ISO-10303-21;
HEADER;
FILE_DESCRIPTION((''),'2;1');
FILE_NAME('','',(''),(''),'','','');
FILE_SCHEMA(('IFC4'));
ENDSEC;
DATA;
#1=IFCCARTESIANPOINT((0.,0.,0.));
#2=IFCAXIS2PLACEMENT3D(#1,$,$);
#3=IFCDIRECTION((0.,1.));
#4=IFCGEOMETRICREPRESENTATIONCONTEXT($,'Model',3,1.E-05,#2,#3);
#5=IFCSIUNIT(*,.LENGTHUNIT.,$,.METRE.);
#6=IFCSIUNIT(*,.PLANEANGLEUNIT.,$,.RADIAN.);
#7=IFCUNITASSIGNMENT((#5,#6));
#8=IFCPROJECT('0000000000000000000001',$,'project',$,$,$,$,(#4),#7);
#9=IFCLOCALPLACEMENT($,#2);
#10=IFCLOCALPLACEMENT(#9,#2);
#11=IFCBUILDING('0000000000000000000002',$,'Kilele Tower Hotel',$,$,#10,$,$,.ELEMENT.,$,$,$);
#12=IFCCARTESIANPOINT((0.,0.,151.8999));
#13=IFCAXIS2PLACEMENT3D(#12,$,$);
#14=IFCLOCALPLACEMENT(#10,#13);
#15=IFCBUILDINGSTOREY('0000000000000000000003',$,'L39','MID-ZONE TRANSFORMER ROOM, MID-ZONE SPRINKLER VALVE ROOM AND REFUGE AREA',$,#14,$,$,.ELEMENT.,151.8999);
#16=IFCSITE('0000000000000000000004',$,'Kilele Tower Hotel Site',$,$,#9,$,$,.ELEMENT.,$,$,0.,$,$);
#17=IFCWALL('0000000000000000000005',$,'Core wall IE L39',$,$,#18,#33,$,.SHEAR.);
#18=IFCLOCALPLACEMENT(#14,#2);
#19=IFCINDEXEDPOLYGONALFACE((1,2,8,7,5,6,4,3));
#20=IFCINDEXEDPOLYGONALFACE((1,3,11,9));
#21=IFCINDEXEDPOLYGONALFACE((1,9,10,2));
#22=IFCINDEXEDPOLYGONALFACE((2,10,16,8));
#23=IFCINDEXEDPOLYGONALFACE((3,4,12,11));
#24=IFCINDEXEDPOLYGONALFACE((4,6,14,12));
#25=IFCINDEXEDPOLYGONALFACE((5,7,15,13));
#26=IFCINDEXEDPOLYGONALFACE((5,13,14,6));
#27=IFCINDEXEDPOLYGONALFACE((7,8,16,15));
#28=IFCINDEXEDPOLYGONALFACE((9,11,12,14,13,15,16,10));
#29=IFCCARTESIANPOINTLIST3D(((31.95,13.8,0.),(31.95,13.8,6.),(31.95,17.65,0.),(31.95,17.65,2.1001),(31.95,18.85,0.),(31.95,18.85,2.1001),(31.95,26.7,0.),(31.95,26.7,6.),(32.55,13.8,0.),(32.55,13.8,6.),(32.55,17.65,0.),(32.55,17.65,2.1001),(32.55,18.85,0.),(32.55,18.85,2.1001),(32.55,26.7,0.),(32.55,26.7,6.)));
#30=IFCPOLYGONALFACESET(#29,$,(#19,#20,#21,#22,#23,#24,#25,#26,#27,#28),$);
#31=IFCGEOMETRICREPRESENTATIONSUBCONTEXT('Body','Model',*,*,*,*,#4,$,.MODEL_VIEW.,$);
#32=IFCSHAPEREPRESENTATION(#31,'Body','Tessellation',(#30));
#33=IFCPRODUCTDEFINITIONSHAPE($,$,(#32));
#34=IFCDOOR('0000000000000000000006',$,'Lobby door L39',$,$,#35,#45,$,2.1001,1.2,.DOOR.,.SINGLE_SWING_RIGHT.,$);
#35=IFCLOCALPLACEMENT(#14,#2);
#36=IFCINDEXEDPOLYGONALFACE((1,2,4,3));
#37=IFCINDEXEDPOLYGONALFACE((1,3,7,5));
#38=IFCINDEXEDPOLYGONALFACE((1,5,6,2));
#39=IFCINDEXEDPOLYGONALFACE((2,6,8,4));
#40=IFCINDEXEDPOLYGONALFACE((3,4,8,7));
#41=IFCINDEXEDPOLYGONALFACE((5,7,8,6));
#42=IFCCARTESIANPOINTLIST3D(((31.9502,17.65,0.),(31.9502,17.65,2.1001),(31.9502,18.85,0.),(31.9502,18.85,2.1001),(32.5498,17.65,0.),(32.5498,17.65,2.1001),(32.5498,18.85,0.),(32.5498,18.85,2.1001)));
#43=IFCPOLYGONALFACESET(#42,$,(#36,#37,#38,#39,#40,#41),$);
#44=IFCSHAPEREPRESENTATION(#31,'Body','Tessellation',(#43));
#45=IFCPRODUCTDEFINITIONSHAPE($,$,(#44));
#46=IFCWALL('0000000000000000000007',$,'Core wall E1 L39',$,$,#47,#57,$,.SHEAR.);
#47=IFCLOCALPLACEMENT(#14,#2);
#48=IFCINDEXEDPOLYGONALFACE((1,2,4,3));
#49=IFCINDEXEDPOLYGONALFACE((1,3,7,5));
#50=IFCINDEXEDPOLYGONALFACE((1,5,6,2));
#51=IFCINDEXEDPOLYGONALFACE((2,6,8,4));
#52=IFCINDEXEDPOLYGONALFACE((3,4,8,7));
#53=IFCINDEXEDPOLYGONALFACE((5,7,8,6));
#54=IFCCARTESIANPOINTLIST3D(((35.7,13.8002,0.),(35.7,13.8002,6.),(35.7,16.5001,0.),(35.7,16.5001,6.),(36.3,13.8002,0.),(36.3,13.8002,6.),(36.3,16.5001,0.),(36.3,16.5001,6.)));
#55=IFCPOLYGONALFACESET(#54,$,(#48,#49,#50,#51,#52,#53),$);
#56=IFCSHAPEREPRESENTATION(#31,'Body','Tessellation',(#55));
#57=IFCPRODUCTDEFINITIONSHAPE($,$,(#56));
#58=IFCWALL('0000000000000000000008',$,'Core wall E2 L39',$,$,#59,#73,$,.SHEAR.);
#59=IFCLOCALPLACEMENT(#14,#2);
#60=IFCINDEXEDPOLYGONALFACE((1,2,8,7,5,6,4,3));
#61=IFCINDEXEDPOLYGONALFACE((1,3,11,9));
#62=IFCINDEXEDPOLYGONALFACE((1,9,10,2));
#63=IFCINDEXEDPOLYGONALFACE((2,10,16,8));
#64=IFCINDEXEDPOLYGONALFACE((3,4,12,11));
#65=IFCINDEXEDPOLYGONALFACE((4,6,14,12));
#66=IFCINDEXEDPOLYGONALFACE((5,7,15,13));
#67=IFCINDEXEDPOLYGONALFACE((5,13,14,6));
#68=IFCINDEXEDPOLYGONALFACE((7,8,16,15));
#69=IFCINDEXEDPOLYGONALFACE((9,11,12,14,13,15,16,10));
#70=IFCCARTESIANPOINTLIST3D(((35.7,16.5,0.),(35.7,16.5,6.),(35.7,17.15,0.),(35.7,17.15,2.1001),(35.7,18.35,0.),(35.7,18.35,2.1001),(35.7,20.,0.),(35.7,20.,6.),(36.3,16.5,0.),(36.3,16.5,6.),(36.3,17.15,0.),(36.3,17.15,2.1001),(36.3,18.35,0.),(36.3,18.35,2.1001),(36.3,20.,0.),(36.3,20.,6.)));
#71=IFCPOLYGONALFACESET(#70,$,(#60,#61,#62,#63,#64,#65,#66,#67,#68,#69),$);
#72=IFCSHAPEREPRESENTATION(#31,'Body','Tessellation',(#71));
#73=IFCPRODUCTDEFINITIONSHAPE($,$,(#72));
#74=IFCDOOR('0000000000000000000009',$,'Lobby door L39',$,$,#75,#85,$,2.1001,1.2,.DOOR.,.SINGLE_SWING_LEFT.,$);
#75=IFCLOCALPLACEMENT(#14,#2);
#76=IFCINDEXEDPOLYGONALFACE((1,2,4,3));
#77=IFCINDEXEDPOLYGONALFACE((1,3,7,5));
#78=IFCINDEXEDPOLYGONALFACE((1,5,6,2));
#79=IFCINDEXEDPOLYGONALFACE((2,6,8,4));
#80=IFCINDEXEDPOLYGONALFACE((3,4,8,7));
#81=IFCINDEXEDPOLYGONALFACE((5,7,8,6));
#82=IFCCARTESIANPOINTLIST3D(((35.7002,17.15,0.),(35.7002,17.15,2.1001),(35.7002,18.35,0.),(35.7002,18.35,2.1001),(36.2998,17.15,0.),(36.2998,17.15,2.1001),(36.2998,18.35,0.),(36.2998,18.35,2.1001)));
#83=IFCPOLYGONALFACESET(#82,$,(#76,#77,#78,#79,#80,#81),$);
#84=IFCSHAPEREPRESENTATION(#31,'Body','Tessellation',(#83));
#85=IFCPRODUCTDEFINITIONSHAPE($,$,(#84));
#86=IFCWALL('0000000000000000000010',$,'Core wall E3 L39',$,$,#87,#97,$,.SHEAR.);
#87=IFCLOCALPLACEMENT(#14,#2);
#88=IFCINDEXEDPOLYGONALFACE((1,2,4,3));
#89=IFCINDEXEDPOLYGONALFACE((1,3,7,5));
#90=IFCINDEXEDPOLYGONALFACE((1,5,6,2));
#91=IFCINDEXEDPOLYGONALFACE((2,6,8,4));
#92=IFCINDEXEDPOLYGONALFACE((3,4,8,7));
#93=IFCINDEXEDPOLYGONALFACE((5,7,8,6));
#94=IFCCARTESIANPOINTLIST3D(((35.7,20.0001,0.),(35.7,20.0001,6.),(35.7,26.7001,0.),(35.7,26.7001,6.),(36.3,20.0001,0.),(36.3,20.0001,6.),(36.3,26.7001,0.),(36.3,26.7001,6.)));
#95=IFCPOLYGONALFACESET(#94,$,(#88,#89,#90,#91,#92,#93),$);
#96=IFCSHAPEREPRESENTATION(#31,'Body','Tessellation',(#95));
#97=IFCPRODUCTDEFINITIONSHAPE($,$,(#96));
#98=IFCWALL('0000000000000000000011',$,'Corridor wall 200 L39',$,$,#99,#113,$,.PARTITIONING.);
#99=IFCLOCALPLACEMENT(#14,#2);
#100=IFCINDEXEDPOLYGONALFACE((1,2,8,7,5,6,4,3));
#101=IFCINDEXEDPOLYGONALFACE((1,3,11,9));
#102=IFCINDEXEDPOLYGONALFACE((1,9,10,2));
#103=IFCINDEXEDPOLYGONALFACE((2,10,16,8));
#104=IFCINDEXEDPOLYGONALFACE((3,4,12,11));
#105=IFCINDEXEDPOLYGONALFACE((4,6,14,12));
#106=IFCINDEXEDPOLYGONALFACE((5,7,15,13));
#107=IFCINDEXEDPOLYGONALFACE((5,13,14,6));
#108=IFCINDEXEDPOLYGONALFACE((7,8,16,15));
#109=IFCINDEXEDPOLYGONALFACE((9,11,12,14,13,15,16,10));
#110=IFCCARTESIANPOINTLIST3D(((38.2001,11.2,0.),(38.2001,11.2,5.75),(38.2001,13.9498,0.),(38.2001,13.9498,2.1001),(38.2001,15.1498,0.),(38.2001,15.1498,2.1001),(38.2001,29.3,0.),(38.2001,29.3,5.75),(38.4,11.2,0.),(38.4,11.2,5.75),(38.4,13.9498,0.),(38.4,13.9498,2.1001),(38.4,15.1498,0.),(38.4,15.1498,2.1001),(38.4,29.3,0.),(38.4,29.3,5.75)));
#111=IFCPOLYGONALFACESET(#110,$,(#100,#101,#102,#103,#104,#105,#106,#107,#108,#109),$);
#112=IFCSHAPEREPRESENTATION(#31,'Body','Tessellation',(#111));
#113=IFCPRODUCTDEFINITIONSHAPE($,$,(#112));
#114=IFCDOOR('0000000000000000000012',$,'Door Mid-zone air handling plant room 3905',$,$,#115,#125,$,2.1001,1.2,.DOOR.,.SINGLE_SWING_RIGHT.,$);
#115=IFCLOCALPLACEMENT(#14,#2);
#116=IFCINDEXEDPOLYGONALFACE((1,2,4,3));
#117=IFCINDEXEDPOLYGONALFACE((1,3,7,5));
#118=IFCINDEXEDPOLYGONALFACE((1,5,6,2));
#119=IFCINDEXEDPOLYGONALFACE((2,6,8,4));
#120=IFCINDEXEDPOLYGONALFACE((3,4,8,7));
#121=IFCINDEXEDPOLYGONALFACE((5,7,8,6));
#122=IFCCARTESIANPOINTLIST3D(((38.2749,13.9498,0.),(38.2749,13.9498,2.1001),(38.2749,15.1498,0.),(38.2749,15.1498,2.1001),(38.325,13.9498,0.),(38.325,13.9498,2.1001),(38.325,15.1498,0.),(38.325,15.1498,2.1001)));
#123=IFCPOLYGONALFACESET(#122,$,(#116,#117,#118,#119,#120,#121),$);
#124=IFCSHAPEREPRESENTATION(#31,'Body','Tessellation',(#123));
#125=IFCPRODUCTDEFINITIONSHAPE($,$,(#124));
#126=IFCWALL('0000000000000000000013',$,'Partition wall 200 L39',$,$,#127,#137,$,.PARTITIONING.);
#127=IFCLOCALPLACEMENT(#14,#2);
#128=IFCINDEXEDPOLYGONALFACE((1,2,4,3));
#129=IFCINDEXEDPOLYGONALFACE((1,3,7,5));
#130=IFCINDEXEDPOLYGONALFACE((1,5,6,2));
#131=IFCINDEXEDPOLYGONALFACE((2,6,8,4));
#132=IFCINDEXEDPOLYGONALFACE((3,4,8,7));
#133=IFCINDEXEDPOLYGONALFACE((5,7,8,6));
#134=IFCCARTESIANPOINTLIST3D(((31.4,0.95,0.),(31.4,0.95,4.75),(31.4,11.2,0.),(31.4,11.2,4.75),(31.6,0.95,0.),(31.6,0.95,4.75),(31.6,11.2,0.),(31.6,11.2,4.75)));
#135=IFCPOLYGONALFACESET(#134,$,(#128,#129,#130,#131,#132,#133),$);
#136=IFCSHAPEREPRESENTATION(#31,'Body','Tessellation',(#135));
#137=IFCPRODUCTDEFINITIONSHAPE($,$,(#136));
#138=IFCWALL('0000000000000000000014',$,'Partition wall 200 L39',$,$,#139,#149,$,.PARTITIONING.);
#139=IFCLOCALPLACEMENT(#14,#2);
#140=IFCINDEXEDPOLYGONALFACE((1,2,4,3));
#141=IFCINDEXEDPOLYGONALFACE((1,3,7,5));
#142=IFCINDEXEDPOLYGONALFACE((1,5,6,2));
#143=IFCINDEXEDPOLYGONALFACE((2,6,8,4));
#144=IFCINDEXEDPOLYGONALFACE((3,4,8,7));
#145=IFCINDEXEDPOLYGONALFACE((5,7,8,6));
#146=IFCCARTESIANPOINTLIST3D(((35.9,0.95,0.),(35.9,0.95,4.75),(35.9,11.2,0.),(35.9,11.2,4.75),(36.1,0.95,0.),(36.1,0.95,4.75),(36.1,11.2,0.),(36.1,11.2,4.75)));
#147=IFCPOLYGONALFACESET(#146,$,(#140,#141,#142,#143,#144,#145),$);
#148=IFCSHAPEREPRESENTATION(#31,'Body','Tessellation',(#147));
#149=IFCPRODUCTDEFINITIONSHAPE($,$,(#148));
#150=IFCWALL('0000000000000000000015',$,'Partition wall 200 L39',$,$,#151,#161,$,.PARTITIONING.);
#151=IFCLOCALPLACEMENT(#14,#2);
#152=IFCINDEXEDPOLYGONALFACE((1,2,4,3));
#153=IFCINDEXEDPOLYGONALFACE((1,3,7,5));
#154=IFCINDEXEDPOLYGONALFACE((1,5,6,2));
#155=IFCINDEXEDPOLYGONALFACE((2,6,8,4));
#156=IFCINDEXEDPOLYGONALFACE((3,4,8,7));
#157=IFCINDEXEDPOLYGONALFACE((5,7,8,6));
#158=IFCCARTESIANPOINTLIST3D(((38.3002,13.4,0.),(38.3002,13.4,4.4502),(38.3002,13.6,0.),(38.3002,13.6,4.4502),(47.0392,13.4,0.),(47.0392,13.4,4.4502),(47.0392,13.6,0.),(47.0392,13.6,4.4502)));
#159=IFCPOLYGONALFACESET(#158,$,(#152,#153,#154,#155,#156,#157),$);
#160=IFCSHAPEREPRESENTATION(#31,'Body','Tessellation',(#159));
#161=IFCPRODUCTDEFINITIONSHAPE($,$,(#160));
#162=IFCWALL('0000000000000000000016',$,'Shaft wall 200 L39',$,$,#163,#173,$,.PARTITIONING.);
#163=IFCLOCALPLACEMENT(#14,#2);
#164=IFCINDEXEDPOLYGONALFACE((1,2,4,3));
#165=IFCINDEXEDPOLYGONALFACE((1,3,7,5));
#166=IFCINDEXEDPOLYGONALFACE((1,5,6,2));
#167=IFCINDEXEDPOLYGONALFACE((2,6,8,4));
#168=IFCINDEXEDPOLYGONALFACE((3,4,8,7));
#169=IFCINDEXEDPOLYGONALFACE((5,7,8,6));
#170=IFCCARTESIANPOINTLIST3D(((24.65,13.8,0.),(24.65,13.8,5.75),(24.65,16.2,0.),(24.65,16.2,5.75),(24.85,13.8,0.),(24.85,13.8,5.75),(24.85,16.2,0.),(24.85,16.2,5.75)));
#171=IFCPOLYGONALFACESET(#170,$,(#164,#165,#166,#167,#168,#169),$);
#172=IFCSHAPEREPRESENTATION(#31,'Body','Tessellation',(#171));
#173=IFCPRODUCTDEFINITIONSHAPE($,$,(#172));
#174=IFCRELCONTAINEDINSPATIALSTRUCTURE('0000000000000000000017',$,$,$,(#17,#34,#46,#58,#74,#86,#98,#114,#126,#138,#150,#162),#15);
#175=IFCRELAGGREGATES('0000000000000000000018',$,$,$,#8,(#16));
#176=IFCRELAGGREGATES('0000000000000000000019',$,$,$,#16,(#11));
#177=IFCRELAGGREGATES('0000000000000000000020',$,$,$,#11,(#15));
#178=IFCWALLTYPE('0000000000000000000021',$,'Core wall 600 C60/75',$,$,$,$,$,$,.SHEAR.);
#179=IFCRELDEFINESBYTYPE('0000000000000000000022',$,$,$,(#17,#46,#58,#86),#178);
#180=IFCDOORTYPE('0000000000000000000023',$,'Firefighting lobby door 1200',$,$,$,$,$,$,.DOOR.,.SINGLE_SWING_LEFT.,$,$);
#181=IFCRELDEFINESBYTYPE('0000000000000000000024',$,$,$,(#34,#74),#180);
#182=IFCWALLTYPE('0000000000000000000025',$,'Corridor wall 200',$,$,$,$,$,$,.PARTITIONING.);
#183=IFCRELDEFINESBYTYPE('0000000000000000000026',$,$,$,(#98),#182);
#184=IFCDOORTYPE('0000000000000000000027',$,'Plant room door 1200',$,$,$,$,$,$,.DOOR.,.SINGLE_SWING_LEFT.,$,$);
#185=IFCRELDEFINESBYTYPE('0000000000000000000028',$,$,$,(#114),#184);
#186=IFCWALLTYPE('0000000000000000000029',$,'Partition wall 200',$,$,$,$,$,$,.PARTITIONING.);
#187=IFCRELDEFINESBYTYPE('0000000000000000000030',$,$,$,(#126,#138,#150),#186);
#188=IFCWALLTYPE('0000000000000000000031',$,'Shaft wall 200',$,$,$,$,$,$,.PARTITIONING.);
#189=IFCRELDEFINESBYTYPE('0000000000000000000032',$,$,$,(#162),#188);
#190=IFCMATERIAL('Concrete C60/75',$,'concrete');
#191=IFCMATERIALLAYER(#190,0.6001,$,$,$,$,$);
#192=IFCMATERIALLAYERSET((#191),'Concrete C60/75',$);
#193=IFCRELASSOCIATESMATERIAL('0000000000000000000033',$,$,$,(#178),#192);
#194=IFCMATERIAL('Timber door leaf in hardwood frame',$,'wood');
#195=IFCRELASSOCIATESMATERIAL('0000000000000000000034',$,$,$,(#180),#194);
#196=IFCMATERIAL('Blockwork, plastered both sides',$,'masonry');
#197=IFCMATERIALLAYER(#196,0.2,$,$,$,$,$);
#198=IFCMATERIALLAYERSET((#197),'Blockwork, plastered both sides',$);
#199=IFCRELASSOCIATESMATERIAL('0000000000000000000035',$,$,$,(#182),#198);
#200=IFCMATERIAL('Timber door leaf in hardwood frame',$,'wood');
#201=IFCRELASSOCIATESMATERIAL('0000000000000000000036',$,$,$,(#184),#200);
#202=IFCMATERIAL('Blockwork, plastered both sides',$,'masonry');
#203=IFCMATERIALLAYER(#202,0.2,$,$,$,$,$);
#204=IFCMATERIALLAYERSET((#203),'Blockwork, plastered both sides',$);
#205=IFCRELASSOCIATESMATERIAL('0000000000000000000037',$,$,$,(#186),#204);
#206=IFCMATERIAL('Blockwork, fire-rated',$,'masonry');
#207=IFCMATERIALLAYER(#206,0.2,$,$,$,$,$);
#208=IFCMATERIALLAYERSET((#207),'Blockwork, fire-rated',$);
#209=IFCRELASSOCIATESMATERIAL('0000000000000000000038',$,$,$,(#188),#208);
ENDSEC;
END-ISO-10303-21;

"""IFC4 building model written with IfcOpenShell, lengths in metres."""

from ifc_helpers import new_model, si_unit, direction, frame, frame_2d, origin, place, context, subcontext, project, spatial, rectangle, extrude, material, layer, layer_set, type_object, element, fill, save


model = new_model("IFC4")

# Units and contexts
model_context = context("Model", 3, precision=1e-05, world=origin(), true_north=direction((0.0, 1.0)))
body_context = subcontext(model_context, "Body", "Model", "MODEL_VIEW")
ifc_project = project(units=[si_unit("LENGTHUNIT", "METRE"), si_unit("PLANEANGLEUNIT", "RADIAN")], contexts=[model_context])

# Site, building, storey
site_placement = place(None, origin())
site = spatial("IfcSite", under=ifc_project, at=site_placement, Name="Kilele Tower Hotel Site", CompositionType="ELEMENT", RefElevation=0.0)
building_placement = place(site_placement, origin())
building = spatial("IfcBuilding", under=site, at=building_placement, Name="Kilele Tower Hotel", CompositionType="ELEMENT")
storey_placement = place(building_placement, frame((0.0, 0.0, 151.8999)))
storey = spatial("IfcBuildingStorey", under=building, at=storey_placement, Name="L39", Description="MID-ZONE TRANSFORMER ROOM, MID-ZONE SPRINKLER VALVE ROOM AND REFUGE AREA", CompositionType="ELEMENT", Elevation=151.8999)

# Wall, opening, door
ifc_material_1 = material(Name="Concrete C60/75", Category="concrete")
ifc_layer_1 = layer(ifc_material_1, 0.6001)
ifc_layer_set_1 = layer_set([ifc_layer_1], Name="Concrete C60/75")
wall_type_1 = type_object("IfcWallType", Name="Core wall 600 C60/75", PredefinedType="SHEAR", material=ifc_layer_set_1)
wall_1_placement = place(storey_placement, frame((32.25, 13.8, 0.0), z_axis=(0.0, 0.0, 1.0), x_axis=(0.0, 1.0, 0.0)))
wall_1 = element("IfcWall", 1, at=wall_1_placement, inside=storey, type_object=wall_type_1, Name="Core wall IE L39", PredefinedType="SHEAR", context=body_context, shape_type="SweptSolid", body=[
    extrude(rectangle(XDim=12.8999, YDim=0.6001, at=frame_2d((6.45, 0.0))), origin(), (0.0, 0.0, 1.0), 6.0),
])
opening_1_placement = place(wall_1_placement, frame((5.05, 0.0, 0.0), z_axis=(0.0, 0.0, 1.0), x_axis=(-1.0, 0.0, 0.0)))
opening_1 = element("IfcOpeningElement", 2, at=opening_1_placement, cuts=wall_1, PredefinedType="OPENING", context=body_context, shape_type="SweptSolid", body=[
    extrude(rectangle(XDim=1.2, YDim=2.1001, at=frame_2d((0.6001, 1.05))), frame((0.0, 0.3101, 0.0), z_axis=(0.0, -1.0, 0.0), x_axis=(1.0, 0.0, 0.0)), (0.0, 0.0, 1.0), 0.6201),
])
ifc_material_2 = material(Name="Timber door leaf in hardwood frame", Category="wood")
door_type_1 = type_object("IfcDoorType", Name="Firefighting lobby door 1200", OperationType="SINGLE_SWING_LEFT", PredefinedType="DOOR", material=ifc_material_2)
door_1_placement = place(opening_1_placement, origin())
door_1 = element("IfcDoor", 3, at=door_1_placement, inside=storey, type_object=door_type_1, Name="Lobby door L39", OperationType="SINGLE_SWING_RIGHT", OverallHeight=2.1001, OverallWidth=1.2, PredefinedType="DOOR", context=body_context, shape_type="SweptSolid", body=[
    extrude(rectangle(XDim=1.2, YDim=2.1001, at=frame_2d((0.6001, 1.05))), frame((0.0, 0.2998, 0.0), z_axis=(0.0, -1.0, 0.0), x_axis=(1.0, 0.0, 0.0)), (0.0, 0.0, 1.0), 0.5996),
])
fill(opening_1, door_1)

# Wall
wall_2_placement = place(storey_placement, frame((36.0, 13.8, 0.0), z_axis=(0.0, 0.0, 1.0), x_axis=(0.0, 1.0, 0.0)))
element("IfcWall", 4, at=wall_2_placement, inside=storey, type_object=wall_type_1, Name="Core wall E1 L39", PredefinedType="SHEAR", context=body_context, shape_type="SweptSolid", body=[
    extrude(rectangle(XDim=2.7, YDim=0.6001, at=frame_2d((1.3501, 0.0))), origin(), (0.0, 0.0, 1.0), 6.0),
])

# Wall, opening, door
wall_3_placement = place(storey_placement, frame((36.0, 16.5, 0.0), z_axis=(0.0, 0.0, 1.0), x_axis=(0.0, 1.0, 0.0)))
wall_3 = element("IfcWall", 5, at=wall_3_placement, inside=storey, type_object=wall_type_1, Name="Core wall E2 L39", PredefinedType="SHEAR", context=body_context, shape_type="SweptSolid", body=[
    extrude(rectangle(XDim=3.5, YDim=0.6001, at=frame_2d((1.75, 0.0))), origin(), (0.0, 0.0, 1.0), 6.0),
])
opening_2_placement = place(wall_3_placement, frame((0.6499, 0.0, 0.0)))
opening_2 = element("IfcOpeningElement", 6, at=opening_2_placement, cuts=wall_3, PredefinedType="OPENING", context=body_context, shape_type="SweptSolid", body=[
    extrude(rectangle(XDim=1.2, YDim=2.1001, at=frame_2d((0.6001, 1.05))), frame((0.0, 0.3101, 0.0), z_axis=(0.0, -1.0, 0.0), x_axis=(1.0, 0.0, 0.0)), (0.0, 0.0, 1.0), 0.6201),
])
door_2_placement = place(opening_2_placement, origin())
door_2 = element("IfcDoor", 7, at=door_2_placement, inside=storey, type_object=door_type_1, Name="Lobby door L39", OperationType="SINGLE_SWING_LEFT", OverallHeight=2.1001, OverallWidth=1.2, PredefinedType="DOOR", context=body_context, shape_type="SweptSolid", body=[
    extrude(rectangle(XDim=1.2, YDim=2.1001, at=frame_2d((0.6001, 1.05))), frame((0.0, 0.2998, 0.0), z_axis=(0.0, -1.0, 0.0), x_axis=(1.0, 0.0, 0.0)), (0.0, 0.0, 1.0), 0.5996),
])
fill(opening_2, door_2)

# Wall
wall_4_placement = place(storey_placement, frame((36.0, 20.0, 0.0), z_axis=(0.0, 0.0, 1.0), x_axis=(0.0, 1.0, 0.0)))
element("IfcWall", 8, at=wall_4_placement, inside=storey, type_object=wall_type_1, Name="Core wall E3 L39", PredefinedType="SHEAR", context=body_context, shape_type="SweptSolid", body=[
    extrude(rectangle(XDim=6.7, YDim=0.6001, at=frame_2d((3.3501, 0.0))), origin(), (0.0, 0.0, 1.0), 6.0),
])

# Wall, opening, door
ifc_material_3 = material(Name="Blockwork, plastered both sides", Category="masonry")
ifc_layer_2 = layer(ifc_material_3, 0.2)
ifc_layer_set_2 = layer_set([ifc_layer_2], Name="Blockwork, plastered both sides")
wall_type_2 = type_object("IfcWallType", Name="Corridor wall 200", PredefinedType="PARTITIONING", material=ifc_layer_set_2)
wall_5_placement = place(storey_placement, frame((38.3, 11.2, 0.0), z_axis=(0.0, 0.0, 1.0), x_axis=(0.0, 1.0, 0.0)))
wall_5 = element("IfcWall", 9, at=wall_5_placement, inside=storey, type_object=wall_type_2, Name="Corridor wall 200 L39", PredefinedType="PARTITIONING", context=body_context, shape_type="SweptSolid", body=[
    extrude(rectangle(XDim=18.1001, YDim=0.2, at=frame_2d((9.05, 0.0))), origin(), (0.0, 0.0, 1.0), 5.75),
])
opening_3_placement = place(wall_5_placement, frame((3.95, 0.0, 0.0), z_axis=(0.0, 0.0, 1.0), x_axis=(-1.0, 0.0, 0.0)))
opening_3 = element("IfcOpeningElement", 10, at=opening_3_placement, cuts=wall_5, PredefinedType="OPENING", context=body_context, shape_type="SweptSolid", body=[
    extrude(rectangle(XDim=1.2, YDim=2.1001, at=frame_2d((0.6001, 1.05))), frame((0.0, 0.1099, 0.0), z_axis=(0.0, -1.0, 0.0), x_axis=(1.0, 0.0, 0.0)), (0.0, 0.0, 1.0), 0.22),
])
ifc_material_4 = material(Name="Timber door leaf in hardwood frame", Category="wood")
door_type_2 = type_object("IfcDoorType", Name="Plant room door 1200", OperationType="SINGLE_SWING_LEFT", PredefinedType="DOOR", material=ifc_material_4)
door_3_placement = place(opening_3_placement, origin())
door_3 = element("IfcDoor", 11, at=door_3_placement, inside=storey, type_object=door_type_2, Name="Door Mid-zone air handling plant room 3905", OperationType="SINGLE_SWING_RIGHT", OverallHeight=2.1001, OverallWidth=1.2, PredefinedType="DOOR", context=body_context, shape_type="SweptSolid", body=[
    extrude(rectangle(XDim=1.2, YDim=2.1001, at=frame_2d((0.6001, 1.05))), frame((0.0, 0.0249, 0.0), z_axis=(0.0, -1.0, 0.0), x_axis=(1.0, 0.0, 0.0)), (0.0, 0.0, 1.0), 0.05),
])
fill(opening_3, door_3)

# Walls
ifc_material_5 = material(Name="Blockwork, plastered both sides", Category="masonry")
ifc_layer_3 = layer(ifc_material_5, 0.2)
ifc_layer_set_3 = layer_set([ifc_layer_3], Name="Blockwork, plastered both sides")
wall_type_3 = type_object("IfcWallType", Name="Partition wall 200", PredefinedType="PARTITIONING", material=ifc_layer_set_3)
for number, where, z_axis, x_axis, name in (
    (12, (31.5, 11.2, 0.0), (0.0, 0.0, 1.0), (0.0, -1.0, 0.0), "Partition wall 200 L39"),
    (13, (36.0, 11.2, 0.0), (0.0, 0.0, 1.0), (0.0, -1.0, 0.0), "Partition wall 200 L39"),
):
    element("IfcWall", number, at=place(storey_placement, frame(where, z_axis=z_axis, x_axis=x_axis)), inside=storey, type_object=wall_type_3, Name=name, PredefinedType="PARTITIONING", context=body_context, shape_type="SweptSolid", body=[
        extrude(rectangle(XDim=10.25, YDim=0.2, at=frame_2d((5.125, 0.0))), origin(), (0.0, 0.0, 1.0), 4.75),
    ])
wall_6_placement = place(storey_placement, frame((38.3, 13.5, 0.0), z_axis=(0.0, 0.0, 1.0), x_axis=(1.0, 0.0, 0.0)))
element("IfcWall", 14, at=wall_6_placement, inside=storey, type_object=wall_type_3, Name="Partition wall 200 L39", PredefinedType="PARTITIONING", context=body_context, shape_type="SweptSolid", body=[
    extrude(rectangle(XDim=8.739, YDim=0.2, at=frame_2d((4.3696, 0.0))), origin(), (0.0, 0.0, 1.0), 4.4502),
])
ifc_material_6 = material(Name="Blockwork, fire-rated", Category="masonry")
ifc_layer_4 = layer(ifc_material_6, 0.2)
ifc_layer_set_4 = layer_set([ifc_layer_4], Name="Blockwork, fire-rated")
wall_type_4 = type_object("IfcWallType", Name="Shaft wall 200", PredefinedType="PARTITIONING", material=ifc_layer_set_4)
wall_7_placement = place(storey_placement, frame((24.75, 13.8, 0.0), z_axis=(0.0, 0.0, 1.0), x_axis=(0.0, 1.0, 0.0)))
element("IfcWall", 15, at=wall_7_placement, inside=storey, type_object=wall_type_4, Name="Shaft wall 200 L39", PredefinedType="PARTITIONING", context=body_context, shape_type="SweptSolid", body=[
    extrude(rectangle(XDim=2.3999, YDim=0.2, at=frame_2d((1.2, 0.0))), origin(), (0.0, 0.0, 1.0), 5.75),
])

save(model, "model.ifc")
